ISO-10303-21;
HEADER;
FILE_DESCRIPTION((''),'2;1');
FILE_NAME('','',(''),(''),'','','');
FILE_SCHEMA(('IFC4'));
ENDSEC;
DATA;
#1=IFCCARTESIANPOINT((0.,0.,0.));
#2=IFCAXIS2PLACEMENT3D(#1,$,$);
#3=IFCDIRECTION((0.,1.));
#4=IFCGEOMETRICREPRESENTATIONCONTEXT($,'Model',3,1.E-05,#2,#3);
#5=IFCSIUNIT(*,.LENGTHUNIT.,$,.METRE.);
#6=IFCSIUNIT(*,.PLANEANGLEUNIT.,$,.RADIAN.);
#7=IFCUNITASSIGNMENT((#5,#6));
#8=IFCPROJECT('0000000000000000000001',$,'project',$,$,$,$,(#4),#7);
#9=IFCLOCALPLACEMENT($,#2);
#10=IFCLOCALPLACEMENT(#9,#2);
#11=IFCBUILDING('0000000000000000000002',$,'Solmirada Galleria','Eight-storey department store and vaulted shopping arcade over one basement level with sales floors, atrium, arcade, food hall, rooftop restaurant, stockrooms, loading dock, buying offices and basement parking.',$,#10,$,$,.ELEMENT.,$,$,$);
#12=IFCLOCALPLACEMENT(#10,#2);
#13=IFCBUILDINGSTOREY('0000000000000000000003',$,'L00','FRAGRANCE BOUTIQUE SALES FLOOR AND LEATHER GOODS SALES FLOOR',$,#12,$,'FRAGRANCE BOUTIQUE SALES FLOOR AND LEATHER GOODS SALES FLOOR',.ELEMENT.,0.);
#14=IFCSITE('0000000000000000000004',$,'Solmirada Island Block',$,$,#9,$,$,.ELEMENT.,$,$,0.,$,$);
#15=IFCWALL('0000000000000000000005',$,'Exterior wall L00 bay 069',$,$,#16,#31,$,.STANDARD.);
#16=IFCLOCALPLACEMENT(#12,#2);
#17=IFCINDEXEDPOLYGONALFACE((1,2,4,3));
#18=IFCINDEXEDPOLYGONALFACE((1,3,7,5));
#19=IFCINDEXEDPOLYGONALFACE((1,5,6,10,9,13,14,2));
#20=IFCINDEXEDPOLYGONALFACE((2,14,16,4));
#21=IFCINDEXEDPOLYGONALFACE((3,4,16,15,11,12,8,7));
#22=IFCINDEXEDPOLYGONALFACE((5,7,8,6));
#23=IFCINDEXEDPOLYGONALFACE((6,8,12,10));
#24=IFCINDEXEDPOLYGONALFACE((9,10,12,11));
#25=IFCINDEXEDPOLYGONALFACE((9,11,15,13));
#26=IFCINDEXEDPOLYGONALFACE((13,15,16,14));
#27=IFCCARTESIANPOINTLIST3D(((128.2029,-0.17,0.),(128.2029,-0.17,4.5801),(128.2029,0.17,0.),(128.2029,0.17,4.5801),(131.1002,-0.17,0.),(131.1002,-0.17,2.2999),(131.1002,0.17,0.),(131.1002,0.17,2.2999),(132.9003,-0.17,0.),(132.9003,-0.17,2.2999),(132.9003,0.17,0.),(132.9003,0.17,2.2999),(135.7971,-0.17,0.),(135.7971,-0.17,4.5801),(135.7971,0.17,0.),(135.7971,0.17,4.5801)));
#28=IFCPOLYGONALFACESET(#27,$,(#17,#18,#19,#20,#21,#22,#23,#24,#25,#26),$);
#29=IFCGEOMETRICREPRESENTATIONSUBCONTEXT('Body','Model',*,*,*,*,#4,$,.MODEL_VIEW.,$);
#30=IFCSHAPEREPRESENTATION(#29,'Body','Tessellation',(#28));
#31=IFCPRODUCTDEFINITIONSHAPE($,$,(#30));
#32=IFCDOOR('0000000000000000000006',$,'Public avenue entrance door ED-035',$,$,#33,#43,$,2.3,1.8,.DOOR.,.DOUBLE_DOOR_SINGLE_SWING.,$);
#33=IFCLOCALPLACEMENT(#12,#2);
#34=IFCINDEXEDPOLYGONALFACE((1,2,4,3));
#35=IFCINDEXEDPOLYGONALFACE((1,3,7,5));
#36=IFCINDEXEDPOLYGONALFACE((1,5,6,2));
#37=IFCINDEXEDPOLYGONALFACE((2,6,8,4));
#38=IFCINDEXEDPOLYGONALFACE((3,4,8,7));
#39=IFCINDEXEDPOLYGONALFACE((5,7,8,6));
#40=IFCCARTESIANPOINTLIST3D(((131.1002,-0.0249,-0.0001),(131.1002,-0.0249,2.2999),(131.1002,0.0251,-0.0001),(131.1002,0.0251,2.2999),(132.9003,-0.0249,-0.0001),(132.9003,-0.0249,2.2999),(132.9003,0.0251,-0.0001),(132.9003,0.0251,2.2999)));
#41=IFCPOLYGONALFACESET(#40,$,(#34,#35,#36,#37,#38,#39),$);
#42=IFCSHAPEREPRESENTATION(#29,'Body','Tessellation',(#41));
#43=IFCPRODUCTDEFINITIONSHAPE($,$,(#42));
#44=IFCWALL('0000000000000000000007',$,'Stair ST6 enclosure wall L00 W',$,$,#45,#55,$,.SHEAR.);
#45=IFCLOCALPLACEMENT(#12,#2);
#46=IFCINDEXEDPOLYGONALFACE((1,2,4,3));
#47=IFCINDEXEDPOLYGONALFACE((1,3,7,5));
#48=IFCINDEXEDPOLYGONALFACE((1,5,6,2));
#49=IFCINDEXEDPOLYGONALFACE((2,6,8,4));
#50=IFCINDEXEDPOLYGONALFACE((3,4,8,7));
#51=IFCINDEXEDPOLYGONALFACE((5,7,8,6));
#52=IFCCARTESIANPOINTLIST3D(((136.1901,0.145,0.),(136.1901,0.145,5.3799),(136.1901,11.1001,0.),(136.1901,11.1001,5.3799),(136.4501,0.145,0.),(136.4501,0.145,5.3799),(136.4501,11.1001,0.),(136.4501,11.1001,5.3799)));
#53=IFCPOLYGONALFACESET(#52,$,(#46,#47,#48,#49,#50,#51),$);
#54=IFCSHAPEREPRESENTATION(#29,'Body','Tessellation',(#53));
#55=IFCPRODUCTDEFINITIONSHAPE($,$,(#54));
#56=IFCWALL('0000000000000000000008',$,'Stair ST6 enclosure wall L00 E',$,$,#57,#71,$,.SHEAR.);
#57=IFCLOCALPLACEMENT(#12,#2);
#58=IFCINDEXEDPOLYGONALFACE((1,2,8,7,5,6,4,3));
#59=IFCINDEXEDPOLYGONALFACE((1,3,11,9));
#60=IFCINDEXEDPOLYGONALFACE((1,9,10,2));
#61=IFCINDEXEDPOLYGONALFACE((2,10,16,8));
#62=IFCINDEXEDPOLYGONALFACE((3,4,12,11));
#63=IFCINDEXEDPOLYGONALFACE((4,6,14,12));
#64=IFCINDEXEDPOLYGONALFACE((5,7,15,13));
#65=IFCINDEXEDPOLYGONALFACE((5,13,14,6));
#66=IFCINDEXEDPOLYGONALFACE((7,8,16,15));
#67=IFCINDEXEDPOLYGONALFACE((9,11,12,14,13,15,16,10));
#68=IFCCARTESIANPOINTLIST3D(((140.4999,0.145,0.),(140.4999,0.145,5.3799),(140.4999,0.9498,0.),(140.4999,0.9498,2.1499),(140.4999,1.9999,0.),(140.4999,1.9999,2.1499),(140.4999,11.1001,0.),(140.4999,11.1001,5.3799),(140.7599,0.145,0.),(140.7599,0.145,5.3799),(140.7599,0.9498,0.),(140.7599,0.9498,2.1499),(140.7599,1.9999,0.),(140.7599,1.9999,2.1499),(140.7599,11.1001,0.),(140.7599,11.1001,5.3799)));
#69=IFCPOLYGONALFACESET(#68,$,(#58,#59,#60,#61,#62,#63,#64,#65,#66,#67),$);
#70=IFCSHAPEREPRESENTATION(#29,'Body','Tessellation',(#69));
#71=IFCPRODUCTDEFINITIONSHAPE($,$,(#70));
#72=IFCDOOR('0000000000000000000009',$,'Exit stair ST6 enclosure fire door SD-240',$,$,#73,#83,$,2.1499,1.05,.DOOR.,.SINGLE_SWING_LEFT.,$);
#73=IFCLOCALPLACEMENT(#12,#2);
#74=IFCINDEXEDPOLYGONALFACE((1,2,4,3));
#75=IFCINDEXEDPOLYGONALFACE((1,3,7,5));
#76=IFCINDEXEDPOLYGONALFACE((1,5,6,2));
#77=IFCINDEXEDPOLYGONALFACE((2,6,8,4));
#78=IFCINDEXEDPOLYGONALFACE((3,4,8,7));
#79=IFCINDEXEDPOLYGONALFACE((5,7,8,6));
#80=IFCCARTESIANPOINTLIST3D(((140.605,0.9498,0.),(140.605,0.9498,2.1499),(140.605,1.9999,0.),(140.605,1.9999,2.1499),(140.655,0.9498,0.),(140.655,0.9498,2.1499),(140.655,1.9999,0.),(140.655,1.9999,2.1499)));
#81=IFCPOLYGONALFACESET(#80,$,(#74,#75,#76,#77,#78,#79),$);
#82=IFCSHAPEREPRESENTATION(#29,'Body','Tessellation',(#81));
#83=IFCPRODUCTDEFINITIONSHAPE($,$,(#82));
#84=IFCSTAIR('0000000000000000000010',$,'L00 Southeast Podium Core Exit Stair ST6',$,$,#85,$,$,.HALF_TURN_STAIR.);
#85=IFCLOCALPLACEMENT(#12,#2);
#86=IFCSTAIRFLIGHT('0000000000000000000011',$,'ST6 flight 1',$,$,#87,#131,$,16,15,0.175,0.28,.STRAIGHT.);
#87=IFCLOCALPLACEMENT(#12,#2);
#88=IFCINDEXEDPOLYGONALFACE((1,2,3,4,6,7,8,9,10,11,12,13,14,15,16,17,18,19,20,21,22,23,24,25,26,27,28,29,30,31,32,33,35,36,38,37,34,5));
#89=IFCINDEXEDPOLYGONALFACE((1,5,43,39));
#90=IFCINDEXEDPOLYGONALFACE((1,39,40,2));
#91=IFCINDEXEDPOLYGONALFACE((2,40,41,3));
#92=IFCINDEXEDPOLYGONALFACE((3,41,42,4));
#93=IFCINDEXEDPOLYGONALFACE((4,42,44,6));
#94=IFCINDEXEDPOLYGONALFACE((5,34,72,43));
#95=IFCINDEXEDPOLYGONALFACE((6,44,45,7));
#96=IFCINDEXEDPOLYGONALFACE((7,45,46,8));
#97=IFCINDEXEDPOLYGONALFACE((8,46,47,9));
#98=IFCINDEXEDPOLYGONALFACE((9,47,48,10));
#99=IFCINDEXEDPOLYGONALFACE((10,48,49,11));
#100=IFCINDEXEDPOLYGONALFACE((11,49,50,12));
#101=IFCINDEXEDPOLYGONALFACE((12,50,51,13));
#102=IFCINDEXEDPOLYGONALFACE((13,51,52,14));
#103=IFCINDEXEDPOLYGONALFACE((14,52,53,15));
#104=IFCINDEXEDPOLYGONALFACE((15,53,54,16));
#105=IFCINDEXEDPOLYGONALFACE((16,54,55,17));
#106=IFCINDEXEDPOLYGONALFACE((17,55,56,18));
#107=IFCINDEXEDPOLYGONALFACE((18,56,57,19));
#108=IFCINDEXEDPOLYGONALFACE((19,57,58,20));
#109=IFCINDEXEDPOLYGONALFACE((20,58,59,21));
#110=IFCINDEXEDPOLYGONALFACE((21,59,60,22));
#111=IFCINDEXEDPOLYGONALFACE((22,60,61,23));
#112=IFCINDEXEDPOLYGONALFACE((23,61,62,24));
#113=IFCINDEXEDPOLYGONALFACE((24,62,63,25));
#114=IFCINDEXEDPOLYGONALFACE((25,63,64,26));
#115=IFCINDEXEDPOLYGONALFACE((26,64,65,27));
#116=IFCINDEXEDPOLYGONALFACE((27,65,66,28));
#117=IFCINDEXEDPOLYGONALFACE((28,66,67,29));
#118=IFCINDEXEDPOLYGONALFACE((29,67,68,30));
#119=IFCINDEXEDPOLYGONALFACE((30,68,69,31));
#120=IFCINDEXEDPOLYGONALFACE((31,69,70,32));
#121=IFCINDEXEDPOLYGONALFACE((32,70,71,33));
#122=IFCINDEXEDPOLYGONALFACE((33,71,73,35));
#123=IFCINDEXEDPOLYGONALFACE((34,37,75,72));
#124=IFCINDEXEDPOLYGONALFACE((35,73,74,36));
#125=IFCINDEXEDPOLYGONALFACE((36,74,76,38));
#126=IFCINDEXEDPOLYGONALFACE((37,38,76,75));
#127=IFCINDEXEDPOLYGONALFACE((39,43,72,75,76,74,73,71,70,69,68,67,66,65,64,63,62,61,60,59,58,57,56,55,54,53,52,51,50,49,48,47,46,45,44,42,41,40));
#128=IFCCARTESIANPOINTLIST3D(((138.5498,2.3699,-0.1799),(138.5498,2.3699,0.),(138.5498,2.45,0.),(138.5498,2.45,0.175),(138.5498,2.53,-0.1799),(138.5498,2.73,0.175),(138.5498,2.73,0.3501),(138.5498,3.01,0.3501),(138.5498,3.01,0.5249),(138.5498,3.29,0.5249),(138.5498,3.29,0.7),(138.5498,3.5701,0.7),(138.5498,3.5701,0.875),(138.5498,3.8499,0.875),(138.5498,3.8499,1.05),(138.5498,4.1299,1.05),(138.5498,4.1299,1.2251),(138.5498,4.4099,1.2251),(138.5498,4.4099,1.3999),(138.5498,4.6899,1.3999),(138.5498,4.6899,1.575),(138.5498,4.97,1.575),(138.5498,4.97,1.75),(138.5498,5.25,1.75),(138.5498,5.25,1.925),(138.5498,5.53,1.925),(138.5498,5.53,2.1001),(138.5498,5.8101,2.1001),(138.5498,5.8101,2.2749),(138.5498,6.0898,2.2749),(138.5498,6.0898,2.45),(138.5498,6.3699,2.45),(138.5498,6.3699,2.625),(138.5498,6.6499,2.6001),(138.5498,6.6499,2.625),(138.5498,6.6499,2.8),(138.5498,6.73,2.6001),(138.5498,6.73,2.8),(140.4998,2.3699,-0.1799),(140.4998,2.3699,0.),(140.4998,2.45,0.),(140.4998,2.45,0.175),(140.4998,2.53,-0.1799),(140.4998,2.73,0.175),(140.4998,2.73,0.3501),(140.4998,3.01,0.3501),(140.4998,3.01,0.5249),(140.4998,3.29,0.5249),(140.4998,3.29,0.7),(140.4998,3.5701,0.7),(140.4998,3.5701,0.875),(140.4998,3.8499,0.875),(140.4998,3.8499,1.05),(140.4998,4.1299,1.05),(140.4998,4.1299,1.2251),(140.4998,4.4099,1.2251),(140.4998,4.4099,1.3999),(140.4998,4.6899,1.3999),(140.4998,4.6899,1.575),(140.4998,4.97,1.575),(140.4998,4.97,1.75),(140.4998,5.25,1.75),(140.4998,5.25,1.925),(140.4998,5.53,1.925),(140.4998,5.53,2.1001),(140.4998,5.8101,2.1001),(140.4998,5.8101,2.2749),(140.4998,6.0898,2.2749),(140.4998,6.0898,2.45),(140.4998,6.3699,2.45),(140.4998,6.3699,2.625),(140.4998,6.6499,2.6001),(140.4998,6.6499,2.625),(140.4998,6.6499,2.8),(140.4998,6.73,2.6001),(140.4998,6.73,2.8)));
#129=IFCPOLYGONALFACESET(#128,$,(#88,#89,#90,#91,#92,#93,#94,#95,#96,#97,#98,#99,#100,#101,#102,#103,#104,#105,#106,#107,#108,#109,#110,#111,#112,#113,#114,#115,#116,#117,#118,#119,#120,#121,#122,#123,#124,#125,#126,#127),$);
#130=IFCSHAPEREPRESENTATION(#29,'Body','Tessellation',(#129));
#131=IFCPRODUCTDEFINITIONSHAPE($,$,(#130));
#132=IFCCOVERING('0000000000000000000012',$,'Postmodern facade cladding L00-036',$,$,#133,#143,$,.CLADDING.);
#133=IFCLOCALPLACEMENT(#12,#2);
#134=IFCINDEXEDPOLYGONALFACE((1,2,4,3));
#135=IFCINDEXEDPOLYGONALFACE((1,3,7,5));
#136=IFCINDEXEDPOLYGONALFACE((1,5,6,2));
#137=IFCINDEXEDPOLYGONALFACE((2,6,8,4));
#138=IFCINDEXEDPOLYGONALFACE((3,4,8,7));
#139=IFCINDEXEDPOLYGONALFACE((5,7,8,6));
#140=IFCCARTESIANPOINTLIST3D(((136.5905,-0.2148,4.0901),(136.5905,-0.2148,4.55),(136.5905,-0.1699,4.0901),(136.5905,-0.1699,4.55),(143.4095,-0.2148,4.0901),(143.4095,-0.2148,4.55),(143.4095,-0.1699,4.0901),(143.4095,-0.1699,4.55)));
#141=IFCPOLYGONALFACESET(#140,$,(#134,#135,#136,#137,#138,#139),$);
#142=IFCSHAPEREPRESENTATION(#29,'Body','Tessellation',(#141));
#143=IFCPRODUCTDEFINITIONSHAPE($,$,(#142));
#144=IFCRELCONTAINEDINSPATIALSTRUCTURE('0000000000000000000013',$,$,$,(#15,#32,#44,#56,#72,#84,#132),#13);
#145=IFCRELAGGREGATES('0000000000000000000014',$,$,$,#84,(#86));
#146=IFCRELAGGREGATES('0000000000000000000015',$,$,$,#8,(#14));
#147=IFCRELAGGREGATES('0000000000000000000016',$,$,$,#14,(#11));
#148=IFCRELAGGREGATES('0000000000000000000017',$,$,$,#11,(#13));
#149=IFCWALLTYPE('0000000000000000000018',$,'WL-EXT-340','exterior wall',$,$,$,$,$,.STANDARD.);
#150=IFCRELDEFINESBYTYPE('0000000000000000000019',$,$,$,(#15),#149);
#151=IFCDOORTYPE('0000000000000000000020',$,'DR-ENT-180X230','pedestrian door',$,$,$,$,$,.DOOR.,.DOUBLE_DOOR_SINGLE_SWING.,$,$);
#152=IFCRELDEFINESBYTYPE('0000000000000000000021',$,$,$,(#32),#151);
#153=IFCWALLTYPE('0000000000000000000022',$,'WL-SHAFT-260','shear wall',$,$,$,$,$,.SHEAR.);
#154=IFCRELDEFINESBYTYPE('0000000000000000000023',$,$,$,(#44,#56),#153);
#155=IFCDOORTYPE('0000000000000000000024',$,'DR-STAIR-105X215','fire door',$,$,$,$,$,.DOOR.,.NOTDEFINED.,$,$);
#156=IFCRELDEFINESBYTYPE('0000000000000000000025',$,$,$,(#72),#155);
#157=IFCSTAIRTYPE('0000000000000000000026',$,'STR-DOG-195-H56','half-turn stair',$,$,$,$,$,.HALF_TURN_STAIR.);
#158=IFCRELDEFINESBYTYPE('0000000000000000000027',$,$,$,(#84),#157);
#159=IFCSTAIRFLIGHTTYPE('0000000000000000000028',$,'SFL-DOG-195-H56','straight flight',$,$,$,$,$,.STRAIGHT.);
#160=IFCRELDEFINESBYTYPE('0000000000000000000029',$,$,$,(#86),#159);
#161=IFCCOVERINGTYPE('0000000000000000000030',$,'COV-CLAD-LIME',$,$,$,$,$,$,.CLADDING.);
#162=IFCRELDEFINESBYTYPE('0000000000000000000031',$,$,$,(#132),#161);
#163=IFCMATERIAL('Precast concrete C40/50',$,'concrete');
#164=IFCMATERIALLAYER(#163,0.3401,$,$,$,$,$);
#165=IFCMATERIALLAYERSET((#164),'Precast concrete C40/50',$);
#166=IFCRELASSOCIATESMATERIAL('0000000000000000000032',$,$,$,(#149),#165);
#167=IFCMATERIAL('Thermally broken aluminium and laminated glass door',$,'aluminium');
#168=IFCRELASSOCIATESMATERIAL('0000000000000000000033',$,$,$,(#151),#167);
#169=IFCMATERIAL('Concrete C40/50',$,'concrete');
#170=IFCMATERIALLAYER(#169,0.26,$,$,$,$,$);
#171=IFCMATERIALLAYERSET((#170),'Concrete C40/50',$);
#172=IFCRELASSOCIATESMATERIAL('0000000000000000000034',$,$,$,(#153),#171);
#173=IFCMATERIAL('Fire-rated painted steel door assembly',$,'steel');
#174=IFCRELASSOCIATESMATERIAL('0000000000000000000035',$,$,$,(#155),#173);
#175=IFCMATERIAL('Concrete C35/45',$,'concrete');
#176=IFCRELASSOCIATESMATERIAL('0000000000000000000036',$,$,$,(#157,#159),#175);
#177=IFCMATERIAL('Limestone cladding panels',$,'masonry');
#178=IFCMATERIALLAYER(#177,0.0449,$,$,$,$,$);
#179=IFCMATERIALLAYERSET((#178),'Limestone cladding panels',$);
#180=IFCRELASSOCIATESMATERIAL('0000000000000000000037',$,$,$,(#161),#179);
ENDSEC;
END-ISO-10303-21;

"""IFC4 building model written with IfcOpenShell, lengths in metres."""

from ifc_helpers import new_model, si_unit, direction, frame, frame_2d, origin, origin_2d, place, context, subcontext, project, spatial, polyline, rectangle, outline, extrude, material, layer, layer_set, type_object, element, fill, aggregate, save


model = new_model("IFC4")

# Units and contexts
model_context = context("Model", 3, precision=1e-05, world=origin(), true_north=direction((0.0, 1.0)))
body_context = subcontext(model_context, "Body", "Model", "MODEL_VIEW")
ifc_project = project(units=[si_unit("LENGTHUNIT", "METRE"), si_unit("PLANEANGLEUNIT", "RADIAN")], contexts=[model_context])

# Site, building, storey
site_placement = place(None, origin())
site = spatial("IfcSite", under=ifc_project, at=site_placement, Name="Solmirada Island Block", CompositionType="ELEMENT", RefElevation=0.0)
building_placement = place(site_placement, origin())
building = spatial("IfcBuilding", under=site, at=building_placement, Name="Solmirada Galleria", Description="Eight-storey department store and vaulted shopping arcade over one basement level with sales floors, atrium, arcade, food hall, rooftop restaurant, stockrooms, loading dock, buying offices and basement parking.", CompositionType="ELEMENT")
storey_placement = place(building_placement, origin())
storey = spatial("IfcBuildingStorey", under=building, at=storey_placement, Name="L00", Description="FRAGRANCE BOUTIQUE SALES FLOOR AND LEATHER GOODS SALES FLOOR", LongName="FRAGRANCE BOUTIQUE SALES FLOOR AND LEATHER GOODS SALES FLOOR", CompositionType="ELEMENT", Elevation=0.0)

# Shared definitions
ifc_material_1 = material(Name="Concrete C40/50", Category="concrete")

# Wall, opening, door
ifc_material_2 = material(Name="Fire-rated painted steel door assembly", Category="steel")
ifc_material_3 = material(Name="Precast concrete C40/50", Category="concrete")
ifc_layer_1 = layer(ifc_material_3, 0.3401)
ifc_layer_set_1 = layer_set([ifc_layer_1], Name="Precast concrete C40/50")
wall_type_1 = type_object("IfcWallType", Name="WL-EXT-340", Description="exterior wall", PredefinedType="STANDARD", material=ifc_layer_set_1)
wall_1_placement = place(storey_placement, frame((135.7971, 0.0, 0.0), z_axis=(0.0, 0.0, 1.0), x_axis=(-1.0, 0.0, 0.0)))
wall_1 = element("IfcWall", 1, at=wall_1_placement, inside=storey, type_object=wall_type_1, Name="Exterior wall L00 bay 069", PredefinedType="STANDARD", context=body_context, shape_type="SweptSolid", body=[
    extrude(rectangle(XDim=7.5942, YDim=0.3401, at=frame_2d((3.7971, 0.0))), origin(), (0.0, 0.0, 1.0), 4.5801),
])
opening_1_placement = place(wall_1_placement, frame((2.897, 0.0, 0.0)))
opening_1 = element("IfcOpeningElement", 2, at=opening_1_placement, cuts=wall_1, PredefinedType="OPENING", context=body_context, shape_type="SweptSolid", body=[
    extrude(rectangle(XDim=1.8, YDim=2.3, at=frame_2d((0.8999, 1.1499))), frame((0.0, 0.1799, 0.0), z_axis=(0.0, -1.0, 0.0), x_axis=(1.0, 0.0, 0.0)), (0.0, 0.0, 1.0), 0.3601),
])
ifc_material_4 = material(Name="Thermally broken aluminium and laminated glass door", Category="aluminium")
door_type_1 = type_object("IfcDoorType", Name="DR-ENT-180X230", Description="pedestrian door", OperationType="DOUBLE_DOOR_SINGLE_SWING", PredefinedType="DOOR", material=ifc_material_4)
door_1_placement = place(opening_1_placement, origin())
door_1 = element("IfcDoor", 3, at=door_1_placement, inside=storey, type_object=door_type_1, Name="Public avenue entrance door ED-035", OperationType="DOUBLE_DOOR_SINGLE_SWING", OverallHeight=2.3, OverallWidth=1.8, PredefinedType="DOOR", context=body_context, shape_type="SweptSolid", body=[
    extrude(rectangle(XDim=1.8, YDim=2.3, at=frame_2d((0.8999, 1.1499))), frame((0.0, 0.0249, 0.0), z_axis=(0.0, -1.0, 0.0), x_axis=(1.0, 0.0, 0.0)), (0.0, 0.0, 1.0), 0.05),
])
fill(opening_1, door_1)

# Wall
ifc_layer_2 = layer(ifc_material_1, 0.26)
ifc_layer_set_2 = layer_set([ifc_layer_2], Name="Concrete C40/50")
wall_type_2 = type_object("IfcWallType", Name="WL-SHAFT-260", Description="shear wall", PredefinedType="SHEAR", material=ifc_layer_set_2)
wall_2_placement = place(storey_placement, frame((136.3201, 0.145, 0.0), z_axis=(0.0, 0.0, 1.0), x_axis=(0.0, 1.0, 0.0)))
element("IfcWall", 4, at=wall_2_placement, inside=storey, type_object=wall_type_2, Name="Stair ST6 enclosure wall L00 W", PredefinedType="SHEAR", context=body_context, shape_type="SweptSolid", body=[
    extrude(rectangle(XDim=10.9551, YDim=0.26, at=frame_2d((5.4775, 0.0))), origin(), (0.0, 0.0, 1.0), 5.3799),
])

# Wall, opening, door
wall_3_placement = place(storey_placement, frame((140.6299, 0.145, 0.0), z_axis=(0.0, 0.0, 1.0), x_axis=(0.0, 1.0, 0.0)))
wall_3 = element("IfcWall", 5, at=wall_3_placement, inside=storey, type_object=wall_type_2, Name="Stair ST6 enclosure wall L00 E", PredefinedType="SHEAR", context=body_context, shape_type="SweptSolid", body=[
    extrude(rectangle(XDim=10.9551, YDim=0.26, at=frame_2d((5.4775, 0.0))), origin(), (0.0, 0.0, 1.0), 5.3799),
])
opening_2_placement = place(wall_3_placement, frame((0.8049, 0.0, 0.0)))
opening_2 = element("IfcOpeningElement", 6, at=opening_2_placement, cuts=wall_3, PredefinedType="OPENING", context=body_context, shape_type="SweptSolid", body=[
    extrude(rectangle(XDim=1.05, YDim=2.1499, at=frame_2d((0.5249, 1.075))), frame((0.0, 0.1399, 0.0), z_axis=(0.0, -1.0, 0.0), x_axis=(1.0, 0.0, 0.0)), (0.0, 0.0, 1.0), 0.28),
])
door_type_2 = type_object("IfcDoorType", Name="DR-STAIR-105X215", Description="fire door", OperationType="NOTDEFINED", PredefinedType="DOOR", material=ifc_material_2)
door_2_placement = place(opening_2_placement, origin())
door_2 = element("IfcDoor", 7, at=door_2_placement, inside=storey, type_object=door_type_2, Name="Exit stair ST6 enclosure fire door SD-240", OperationType="SINGLE_SWING_LEFT", OverallHeight=2.1499, OverallWidth=1.05, PredefinedType="DOOR", context=body_context, shape_type="SweptSolid", body=[
    extrude(rectangle(XDim=1.05, YDim=2.1499, at=frame_2d((0.5249, 1.075))), frame((0.0, 0.0249, 0.0), z_axis=(0.0, -1.0, 0.0), x_axis=(1.0, 0.0, 0.0)), (0.0, 0.0, 1.0), 0.05),
])
fill(opening_2, door_2)

# Stair, stair flight
ifc_material_5 = material(Name="Concrete C35/45", Category="concrete")
stair_type = type_object("IfcStairType", Name="STR-DOG-195-H56", Description="half-turn stair", PredefinedType="HALF_TURN_STAIR", material=ifc_material_5)
stair_placement = place(storey_placement, origin())
stair = element("IfcStair", 8, at=stair_placement, inside=storey, type_object=stair_type, Name="L00 Southeast Podium Core Exit Stair ST6", PredefinedType="HALF_TURN_STAIR")
stair_flight_type = type_object("IfcStairFlightType", Name="SFL-DOG-195-H56", Description="straight flight", PredefinedType="STRAIGHT", material=ifc_material_5)
stair_flight_placement = place(storey_placement, frame((139.5249, 2.45, 0.0), z_axis=(0.0, 0.0, 1.0), x_axis=(0.0, 1.0, 0.0)))
stair_flight = element("IfcStairFlight", 9, at=stair_flight_placement, type_object=stair_flight_type, Name="ST6 flight 1", NumberOfRisers=16, NumberOfTreads=15, PredefinedType="STRAIGHT", RiserHeight=0.175, TreadLength=0.28, context=body_context, shape_type="SweptSolid", body=[
    extrude(outline(polyline([(-0.0801, 0.0), (0.0, 0.0), (0.0, 0.175), (0.28, 0.175), (0.28, 0.3501), (0.5601, 0.3501), (0.5601, 0.5249), (0.8401, 0.5249), (0.8401, 0.7), (1.1201, 0.7), (1.1201, 0.875), (1.3999, 0.875), (1.3999, 1.05), (1.6799, 1.05), (1.6799, 1.2251), (1.96, 1.2251), (1.96, 1.3999), (2.24, 1.3999), (2.24, 1.575), (2.52, 1.575), (2.52, 1.75), (2.8, 1.75), (2.8, 1.925), (3.0801, 1.925), (3.0801, 2.1001), (3.3601, 2.1001), (3.3601, 2.2749), (3.6399, 2.2749), (3.6399, 2.45), (3.9199, 2.45), (3.9199, 2.625), (4.2, 2.625), (4.2, 2.8), (4.28, 2.8), (4.28, 2.6001), (4.2, 2.6001), (0.0801, -0.1799), (-0.0801, -0.1799), (-0.0801, 0.0)])), frame((0.0, 0.9751, 0.0), z_axis=(0.0, -1.0, 0.0), x_axis=(1.0, 0.0, 0.0)), (0.0, 0.0, 1.0), 1.95),
])
aggregate(stair, [stair_flight])

# Covering
ifc_material_6 = material(Name="Limestone cladding panels", Category="masonry")
ifc_layer_3 = layer(ifc_material_6, 0.0449)
ifc_layer_set_3 = layer_set([ifc_layer_3], Name="Limestone cladding panels")
covering_type = type_object("IfcCoveringType", Name="COV-CLAD-LIME", PredefinedType="CLADDING", material=ifc_layer_set_3)
covering_placement = place(storey_placement, frame((140.0, -0.1924, 4.0901), z_axis=(0.0, 0.0, 1.0), x_axis=(-1.0, 0.0, 0.0)))
element("IfcCovering", 10, at=covering_placement, inside=storey, type_object=covering_type, Name="Postmodern facade cladding L00-036", PredefinedType="CLADDING", context=body_context, shape_type="SweptSolid", body=[
    extrude(rectangle(XDim=6.8191, YDim=0.0449, at=origin_2d()), origin(), (0.0, 0.0, 1.0), 0.46),
])

save(model, "model.ifc")
